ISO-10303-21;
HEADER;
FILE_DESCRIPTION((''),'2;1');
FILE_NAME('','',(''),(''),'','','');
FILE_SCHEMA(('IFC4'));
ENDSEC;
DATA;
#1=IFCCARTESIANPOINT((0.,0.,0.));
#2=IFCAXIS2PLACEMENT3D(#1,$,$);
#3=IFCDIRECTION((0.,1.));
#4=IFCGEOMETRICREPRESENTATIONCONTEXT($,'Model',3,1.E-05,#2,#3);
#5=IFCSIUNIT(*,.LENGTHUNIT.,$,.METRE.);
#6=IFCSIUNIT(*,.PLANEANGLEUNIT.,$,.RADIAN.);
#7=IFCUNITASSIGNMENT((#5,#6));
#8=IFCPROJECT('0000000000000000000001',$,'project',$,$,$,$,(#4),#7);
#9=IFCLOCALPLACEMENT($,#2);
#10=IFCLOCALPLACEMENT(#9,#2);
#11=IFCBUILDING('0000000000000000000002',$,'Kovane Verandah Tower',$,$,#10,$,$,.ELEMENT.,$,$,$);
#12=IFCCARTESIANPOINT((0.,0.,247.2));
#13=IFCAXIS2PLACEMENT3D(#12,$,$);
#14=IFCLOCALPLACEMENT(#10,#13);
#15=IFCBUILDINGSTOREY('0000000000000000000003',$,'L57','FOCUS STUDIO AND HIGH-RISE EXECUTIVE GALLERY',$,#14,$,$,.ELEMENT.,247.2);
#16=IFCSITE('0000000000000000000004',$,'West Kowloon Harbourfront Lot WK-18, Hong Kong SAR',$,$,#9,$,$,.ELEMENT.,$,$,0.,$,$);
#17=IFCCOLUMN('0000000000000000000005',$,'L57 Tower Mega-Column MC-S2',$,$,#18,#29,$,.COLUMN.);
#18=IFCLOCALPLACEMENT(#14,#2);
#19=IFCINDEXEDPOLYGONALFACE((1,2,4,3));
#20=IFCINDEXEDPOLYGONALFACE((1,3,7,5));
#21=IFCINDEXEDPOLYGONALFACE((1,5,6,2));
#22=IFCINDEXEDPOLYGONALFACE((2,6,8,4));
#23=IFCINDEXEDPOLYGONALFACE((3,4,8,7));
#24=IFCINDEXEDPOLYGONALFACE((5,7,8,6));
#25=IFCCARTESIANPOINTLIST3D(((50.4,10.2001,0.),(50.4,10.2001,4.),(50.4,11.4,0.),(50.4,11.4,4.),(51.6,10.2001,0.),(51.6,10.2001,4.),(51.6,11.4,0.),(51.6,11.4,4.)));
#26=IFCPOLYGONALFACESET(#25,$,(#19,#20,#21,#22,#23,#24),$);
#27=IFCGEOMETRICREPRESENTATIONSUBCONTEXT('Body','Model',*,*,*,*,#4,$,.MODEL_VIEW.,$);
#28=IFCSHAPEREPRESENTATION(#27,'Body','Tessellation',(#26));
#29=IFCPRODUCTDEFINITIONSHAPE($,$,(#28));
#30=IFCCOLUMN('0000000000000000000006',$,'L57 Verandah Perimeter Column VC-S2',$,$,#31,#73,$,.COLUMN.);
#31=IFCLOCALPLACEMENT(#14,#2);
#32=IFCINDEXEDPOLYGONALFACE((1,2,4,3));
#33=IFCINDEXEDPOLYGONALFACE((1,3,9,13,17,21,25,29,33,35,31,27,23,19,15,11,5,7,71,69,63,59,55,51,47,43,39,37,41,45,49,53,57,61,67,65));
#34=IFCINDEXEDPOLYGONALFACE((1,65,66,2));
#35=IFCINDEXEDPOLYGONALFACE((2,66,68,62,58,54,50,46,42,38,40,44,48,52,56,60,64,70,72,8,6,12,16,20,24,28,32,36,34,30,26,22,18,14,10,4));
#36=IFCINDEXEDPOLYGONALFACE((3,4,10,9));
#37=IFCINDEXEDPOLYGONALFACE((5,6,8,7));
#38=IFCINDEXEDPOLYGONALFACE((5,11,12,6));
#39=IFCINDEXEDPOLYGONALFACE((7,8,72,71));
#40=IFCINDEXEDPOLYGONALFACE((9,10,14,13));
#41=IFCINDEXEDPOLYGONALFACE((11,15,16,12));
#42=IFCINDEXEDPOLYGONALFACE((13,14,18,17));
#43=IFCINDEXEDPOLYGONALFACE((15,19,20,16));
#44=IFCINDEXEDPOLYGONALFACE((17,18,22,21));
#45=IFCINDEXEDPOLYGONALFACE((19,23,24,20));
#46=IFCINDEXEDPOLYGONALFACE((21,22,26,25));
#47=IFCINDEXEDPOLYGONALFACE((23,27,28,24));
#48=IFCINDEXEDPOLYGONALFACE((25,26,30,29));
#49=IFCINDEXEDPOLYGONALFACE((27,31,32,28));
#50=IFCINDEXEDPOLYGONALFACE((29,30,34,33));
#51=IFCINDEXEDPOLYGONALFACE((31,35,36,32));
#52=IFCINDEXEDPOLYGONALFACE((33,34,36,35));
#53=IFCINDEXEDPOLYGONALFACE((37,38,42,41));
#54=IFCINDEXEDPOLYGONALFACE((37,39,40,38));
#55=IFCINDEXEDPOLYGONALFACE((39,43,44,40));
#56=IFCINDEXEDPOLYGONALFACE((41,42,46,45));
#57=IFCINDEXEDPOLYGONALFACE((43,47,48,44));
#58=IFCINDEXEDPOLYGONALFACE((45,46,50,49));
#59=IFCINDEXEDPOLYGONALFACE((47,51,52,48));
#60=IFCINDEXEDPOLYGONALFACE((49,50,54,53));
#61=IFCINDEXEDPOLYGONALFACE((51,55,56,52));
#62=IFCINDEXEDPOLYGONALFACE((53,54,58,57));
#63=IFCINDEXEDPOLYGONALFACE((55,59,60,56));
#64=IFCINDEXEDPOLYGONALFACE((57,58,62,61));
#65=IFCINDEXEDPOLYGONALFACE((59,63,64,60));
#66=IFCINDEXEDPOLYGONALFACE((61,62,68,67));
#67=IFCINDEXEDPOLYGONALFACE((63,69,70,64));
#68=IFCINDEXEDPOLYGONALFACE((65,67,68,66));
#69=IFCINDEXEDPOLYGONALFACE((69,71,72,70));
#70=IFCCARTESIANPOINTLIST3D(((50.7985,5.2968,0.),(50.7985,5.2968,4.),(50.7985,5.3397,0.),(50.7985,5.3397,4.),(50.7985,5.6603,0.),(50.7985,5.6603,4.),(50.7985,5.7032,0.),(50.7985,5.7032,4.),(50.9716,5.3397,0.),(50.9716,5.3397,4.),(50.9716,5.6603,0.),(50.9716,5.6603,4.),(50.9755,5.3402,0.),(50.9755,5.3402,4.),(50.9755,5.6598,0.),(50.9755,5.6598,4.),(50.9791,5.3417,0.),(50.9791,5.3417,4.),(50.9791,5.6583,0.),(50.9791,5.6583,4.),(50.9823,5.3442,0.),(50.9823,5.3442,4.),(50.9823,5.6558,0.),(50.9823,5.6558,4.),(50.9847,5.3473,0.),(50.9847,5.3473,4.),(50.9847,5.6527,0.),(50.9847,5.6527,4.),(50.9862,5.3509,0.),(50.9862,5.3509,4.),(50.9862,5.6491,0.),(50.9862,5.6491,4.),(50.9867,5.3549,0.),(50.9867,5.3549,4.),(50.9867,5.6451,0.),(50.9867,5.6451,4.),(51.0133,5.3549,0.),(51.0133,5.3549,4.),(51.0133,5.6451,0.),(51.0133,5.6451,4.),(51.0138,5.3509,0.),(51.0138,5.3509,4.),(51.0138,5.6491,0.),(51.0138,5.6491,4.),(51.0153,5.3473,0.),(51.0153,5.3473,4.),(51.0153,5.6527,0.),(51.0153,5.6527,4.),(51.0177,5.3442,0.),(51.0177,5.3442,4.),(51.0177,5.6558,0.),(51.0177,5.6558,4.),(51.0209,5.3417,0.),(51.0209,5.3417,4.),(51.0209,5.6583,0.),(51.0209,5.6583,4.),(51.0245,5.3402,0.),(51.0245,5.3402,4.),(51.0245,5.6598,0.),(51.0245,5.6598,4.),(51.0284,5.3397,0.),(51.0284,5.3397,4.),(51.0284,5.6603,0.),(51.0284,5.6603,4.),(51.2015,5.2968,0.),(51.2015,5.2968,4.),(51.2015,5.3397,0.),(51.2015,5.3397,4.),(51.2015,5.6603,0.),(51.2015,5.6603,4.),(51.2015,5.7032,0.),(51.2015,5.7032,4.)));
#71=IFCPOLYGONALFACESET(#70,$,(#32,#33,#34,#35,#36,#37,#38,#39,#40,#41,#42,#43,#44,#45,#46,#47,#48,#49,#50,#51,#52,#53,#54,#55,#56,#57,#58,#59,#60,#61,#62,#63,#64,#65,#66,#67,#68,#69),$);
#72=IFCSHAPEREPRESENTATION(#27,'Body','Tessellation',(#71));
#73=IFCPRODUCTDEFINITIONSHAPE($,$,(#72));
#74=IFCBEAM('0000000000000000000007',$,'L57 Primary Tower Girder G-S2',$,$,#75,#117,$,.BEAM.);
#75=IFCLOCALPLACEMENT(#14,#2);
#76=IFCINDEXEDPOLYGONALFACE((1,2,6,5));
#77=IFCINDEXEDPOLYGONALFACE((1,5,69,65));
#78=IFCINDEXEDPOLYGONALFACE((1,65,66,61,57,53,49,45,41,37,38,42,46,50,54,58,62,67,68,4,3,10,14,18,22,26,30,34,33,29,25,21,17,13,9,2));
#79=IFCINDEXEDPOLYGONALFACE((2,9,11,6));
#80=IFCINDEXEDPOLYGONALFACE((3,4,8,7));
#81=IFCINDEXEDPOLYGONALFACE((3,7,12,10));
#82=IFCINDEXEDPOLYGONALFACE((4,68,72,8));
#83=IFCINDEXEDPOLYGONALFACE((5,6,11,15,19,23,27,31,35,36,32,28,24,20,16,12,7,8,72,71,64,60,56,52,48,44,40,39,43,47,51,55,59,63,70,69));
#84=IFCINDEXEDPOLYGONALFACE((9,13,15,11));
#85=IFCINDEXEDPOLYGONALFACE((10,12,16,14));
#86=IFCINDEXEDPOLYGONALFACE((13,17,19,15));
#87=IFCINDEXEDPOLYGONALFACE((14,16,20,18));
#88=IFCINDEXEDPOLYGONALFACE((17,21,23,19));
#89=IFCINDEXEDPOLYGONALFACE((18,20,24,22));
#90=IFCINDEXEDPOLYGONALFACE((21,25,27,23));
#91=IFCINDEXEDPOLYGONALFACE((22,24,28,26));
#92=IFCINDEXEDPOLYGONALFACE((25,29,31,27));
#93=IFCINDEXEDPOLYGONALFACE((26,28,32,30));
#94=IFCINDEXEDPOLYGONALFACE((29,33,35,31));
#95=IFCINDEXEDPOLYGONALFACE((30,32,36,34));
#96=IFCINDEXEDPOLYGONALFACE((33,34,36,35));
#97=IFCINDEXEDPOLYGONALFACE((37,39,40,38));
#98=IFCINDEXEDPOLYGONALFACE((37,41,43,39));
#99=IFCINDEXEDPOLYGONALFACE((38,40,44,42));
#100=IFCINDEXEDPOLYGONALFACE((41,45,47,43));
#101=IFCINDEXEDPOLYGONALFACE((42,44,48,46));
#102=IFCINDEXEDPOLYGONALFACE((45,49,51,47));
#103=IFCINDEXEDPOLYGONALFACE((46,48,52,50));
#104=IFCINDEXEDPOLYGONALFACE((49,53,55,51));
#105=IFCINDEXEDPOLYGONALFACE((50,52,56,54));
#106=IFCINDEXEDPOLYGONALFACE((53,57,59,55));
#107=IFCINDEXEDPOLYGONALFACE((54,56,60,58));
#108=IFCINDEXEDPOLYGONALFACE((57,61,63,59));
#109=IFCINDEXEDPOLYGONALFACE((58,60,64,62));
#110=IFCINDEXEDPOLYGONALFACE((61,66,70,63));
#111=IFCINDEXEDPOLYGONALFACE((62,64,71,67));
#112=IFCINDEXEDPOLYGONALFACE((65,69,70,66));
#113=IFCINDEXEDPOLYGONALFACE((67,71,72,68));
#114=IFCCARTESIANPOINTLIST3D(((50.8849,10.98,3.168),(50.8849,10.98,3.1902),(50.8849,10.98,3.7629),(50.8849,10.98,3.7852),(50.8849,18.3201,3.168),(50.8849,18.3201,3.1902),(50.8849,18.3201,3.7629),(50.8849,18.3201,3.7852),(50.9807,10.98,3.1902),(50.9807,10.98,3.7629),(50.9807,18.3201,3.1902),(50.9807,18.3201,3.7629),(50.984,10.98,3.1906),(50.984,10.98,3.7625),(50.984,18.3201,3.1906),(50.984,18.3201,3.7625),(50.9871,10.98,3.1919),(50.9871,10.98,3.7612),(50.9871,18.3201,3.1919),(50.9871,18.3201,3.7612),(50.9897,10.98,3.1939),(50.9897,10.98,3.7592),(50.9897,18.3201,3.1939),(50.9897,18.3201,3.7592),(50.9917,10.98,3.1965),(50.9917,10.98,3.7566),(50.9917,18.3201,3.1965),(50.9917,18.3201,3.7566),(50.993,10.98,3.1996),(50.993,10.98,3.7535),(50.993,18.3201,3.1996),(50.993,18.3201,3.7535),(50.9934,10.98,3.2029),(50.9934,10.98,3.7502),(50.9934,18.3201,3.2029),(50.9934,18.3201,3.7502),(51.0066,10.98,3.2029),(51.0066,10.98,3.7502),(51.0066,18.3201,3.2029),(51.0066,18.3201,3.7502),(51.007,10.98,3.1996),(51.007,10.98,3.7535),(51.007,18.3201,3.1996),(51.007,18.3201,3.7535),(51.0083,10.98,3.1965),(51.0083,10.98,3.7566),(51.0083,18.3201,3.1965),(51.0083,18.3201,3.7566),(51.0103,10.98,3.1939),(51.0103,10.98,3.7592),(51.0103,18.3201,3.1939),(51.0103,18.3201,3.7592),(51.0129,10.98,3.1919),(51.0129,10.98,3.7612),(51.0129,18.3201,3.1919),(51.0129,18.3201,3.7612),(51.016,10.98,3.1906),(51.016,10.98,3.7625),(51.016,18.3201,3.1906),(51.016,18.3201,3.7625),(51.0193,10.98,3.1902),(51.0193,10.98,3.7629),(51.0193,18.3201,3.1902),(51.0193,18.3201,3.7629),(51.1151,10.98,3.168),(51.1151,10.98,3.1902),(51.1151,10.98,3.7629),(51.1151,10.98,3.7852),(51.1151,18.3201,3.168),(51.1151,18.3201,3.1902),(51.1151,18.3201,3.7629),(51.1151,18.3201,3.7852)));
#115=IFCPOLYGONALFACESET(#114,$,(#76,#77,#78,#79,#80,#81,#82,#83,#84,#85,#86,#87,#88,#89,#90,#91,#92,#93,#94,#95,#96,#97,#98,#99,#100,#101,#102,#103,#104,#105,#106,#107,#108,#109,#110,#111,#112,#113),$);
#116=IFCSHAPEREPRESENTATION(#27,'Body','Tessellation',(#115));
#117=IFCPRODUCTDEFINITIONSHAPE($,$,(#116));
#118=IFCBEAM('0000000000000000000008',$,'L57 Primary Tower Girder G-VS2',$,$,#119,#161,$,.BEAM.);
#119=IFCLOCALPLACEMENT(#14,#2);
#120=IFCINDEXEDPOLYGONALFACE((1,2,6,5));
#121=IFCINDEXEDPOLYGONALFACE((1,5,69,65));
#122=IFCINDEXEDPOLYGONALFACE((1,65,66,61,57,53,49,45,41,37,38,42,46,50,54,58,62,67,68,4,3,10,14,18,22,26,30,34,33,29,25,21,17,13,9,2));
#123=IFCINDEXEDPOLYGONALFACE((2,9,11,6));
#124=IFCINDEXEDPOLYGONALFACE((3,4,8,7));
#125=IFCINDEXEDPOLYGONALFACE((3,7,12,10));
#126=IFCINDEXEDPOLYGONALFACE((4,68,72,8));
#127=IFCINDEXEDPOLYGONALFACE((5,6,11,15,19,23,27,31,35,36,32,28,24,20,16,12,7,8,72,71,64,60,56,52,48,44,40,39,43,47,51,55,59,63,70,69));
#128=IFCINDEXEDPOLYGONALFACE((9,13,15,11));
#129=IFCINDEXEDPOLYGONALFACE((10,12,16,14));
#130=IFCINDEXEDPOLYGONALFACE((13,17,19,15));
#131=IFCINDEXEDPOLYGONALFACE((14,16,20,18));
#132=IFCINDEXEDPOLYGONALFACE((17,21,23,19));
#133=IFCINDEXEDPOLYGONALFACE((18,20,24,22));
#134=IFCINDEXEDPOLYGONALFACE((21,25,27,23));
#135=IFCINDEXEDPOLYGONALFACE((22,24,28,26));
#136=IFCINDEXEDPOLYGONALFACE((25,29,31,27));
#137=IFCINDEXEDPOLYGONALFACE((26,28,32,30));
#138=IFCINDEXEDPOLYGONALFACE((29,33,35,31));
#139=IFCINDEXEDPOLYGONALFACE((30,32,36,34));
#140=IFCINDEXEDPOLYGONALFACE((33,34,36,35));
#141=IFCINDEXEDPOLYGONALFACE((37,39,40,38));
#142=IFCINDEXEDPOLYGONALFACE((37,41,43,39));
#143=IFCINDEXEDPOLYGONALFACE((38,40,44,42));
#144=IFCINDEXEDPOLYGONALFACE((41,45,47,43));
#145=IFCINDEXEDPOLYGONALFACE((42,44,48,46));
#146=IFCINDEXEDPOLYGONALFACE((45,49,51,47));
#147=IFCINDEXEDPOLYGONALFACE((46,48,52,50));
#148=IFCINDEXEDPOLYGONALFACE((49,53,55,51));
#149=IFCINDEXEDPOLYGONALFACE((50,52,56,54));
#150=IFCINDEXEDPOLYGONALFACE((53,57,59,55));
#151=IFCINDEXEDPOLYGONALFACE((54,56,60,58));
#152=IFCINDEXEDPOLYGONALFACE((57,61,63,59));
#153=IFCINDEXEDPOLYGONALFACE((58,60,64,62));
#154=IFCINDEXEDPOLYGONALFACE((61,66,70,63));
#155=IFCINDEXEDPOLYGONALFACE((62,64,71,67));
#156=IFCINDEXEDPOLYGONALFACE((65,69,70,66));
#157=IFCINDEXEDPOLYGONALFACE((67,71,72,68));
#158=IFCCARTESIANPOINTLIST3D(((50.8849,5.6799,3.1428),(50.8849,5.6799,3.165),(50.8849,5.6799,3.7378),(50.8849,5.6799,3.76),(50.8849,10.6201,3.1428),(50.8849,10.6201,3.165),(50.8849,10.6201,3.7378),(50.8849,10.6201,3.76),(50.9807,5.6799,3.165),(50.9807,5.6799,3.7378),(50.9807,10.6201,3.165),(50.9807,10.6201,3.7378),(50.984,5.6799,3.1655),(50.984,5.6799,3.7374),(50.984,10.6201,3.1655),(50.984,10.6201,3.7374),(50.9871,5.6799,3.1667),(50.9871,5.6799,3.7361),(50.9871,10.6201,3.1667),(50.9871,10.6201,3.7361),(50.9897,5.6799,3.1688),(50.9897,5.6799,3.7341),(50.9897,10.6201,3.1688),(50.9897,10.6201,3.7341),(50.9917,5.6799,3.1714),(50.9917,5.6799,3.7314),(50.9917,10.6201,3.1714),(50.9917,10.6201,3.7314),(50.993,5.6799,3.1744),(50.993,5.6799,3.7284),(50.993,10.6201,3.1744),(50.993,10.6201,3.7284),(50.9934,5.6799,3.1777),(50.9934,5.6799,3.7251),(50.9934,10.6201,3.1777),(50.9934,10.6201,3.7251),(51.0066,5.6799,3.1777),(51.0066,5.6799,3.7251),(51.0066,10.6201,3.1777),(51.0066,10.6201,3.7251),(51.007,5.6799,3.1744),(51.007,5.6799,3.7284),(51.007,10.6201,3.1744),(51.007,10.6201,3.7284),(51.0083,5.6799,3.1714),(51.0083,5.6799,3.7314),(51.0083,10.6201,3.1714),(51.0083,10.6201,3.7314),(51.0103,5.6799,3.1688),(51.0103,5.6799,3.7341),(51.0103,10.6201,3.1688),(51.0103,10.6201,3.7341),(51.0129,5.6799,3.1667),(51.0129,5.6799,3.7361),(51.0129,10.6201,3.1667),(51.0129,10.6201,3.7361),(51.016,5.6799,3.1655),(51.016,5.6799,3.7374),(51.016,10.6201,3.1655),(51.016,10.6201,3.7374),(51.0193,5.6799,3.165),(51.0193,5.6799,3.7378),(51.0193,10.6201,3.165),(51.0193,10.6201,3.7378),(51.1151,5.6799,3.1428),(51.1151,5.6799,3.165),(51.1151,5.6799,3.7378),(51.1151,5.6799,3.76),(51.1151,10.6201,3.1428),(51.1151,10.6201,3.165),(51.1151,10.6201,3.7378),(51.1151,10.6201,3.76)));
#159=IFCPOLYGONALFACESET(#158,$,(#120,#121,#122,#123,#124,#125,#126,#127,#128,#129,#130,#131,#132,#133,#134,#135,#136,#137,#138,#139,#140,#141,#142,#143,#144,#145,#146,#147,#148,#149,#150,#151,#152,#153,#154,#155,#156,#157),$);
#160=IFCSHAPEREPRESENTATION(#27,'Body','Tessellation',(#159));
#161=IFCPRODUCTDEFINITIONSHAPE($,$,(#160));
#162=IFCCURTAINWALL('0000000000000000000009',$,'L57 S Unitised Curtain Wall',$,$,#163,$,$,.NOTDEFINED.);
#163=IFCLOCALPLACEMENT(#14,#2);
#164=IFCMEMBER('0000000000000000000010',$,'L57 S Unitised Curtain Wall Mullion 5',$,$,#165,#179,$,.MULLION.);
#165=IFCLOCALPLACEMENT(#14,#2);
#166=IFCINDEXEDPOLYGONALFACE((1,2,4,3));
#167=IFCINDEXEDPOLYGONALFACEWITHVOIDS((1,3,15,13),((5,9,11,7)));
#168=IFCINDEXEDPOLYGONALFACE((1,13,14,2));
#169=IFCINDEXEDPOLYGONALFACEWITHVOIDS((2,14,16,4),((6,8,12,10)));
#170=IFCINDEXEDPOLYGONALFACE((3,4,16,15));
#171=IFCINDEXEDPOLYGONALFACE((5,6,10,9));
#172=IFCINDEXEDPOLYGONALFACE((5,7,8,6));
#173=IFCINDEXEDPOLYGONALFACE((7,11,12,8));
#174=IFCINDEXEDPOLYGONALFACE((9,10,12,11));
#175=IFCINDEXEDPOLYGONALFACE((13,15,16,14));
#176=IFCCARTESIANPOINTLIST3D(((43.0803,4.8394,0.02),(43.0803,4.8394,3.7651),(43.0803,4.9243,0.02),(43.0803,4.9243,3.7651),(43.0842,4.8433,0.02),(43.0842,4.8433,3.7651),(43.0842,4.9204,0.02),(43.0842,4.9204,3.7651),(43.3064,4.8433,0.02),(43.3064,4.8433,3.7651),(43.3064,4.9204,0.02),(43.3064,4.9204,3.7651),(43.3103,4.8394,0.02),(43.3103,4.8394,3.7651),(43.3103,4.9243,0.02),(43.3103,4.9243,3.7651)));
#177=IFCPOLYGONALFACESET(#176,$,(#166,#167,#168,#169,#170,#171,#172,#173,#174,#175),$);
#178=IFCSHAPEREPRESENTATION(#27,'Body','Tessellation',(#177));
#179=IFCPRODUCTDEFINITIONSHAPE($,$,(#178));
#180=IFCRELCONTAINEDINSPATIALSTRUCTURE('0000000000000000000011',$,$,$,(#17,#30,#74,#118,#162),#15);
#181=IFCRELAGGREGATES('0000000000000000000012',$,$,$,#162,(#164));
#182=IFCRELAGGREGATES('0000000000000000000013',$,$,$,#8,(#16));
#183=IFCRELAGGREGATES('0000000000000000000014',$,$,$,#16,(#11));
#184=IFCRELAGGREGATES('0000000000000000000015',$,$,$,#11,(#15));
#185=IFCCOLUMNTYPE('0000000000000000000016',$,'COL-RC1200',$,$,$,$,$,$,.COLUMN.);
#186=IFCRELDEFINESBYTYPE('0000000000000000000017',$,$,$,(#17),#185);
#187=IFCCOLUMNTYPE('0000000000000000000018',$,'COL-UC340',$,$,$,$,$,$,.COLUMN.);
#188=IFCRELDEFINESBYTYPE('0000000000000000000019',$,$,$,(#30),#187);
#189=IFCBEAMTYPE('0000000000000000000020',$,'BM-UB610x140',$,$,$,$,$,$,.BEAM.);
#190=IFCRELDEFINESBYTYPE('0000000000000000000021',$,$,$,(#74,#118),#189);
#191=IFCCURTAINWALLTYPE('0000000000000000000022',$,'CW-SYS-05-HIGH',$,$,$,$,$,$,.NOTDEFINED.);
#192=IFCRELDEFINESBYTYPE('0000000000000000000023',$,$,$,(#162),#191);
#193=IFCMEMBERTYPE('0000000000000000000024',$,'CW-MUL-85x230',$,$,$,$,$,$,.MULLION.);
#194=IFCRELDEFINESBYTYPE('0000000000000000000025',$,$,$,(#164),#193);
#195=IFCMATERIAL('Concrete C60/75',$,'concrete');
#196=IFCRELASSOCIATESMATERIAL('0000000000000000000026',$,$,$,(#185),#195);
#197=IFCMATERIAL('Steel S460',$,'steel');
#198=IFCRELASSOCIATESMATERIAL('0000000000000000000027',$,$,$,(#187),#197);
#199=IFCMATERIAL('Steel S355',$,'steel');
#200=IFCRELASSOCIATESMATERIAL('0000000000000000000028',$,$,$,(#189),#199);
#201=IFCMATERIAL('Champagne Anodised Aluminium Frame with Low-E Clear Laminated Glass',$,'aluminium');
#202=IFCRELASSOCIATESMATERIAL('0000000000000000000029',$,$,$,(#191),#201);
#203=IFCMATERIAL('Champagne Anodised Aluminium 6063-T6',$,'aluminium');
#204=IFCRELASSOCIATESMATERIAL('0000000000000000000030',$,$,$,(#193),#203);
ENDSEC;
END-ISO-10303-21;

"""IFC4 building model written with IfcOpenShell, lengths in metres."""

from ifc_helpers import new_model, si_unit, direction, frame, origin, origin_2d, place, context, subcontext, project, spatial, rectangle, hollow_rectangle, i_section, extrude, material, material_profile, profile_set, type_object, element, aggregate, save


model = new_model("IFC4")

# Units and contexts
model_context = context("Model", 3, precision=1e-05, world=origin(), true_north=direction((0.0, 1.0)))
body_context = subcontext(model_context, "Body", "Model", "MODEL_VIEW")
ifc_project = project(units=[si_unit("LENGTHUNIT", "METRE"), si_unit("PLANEANGLEUNIT", "RADIAN")], contexts=[model_context])

# Site, building, storey
site_placement = place(None, origin())
site = spatial("IfcSite", under=ifc_project, at=site_placement, Name="West Kowloon Harbourfront Lot WK-18, Hong Kong SAR", CompositionType="ELEMENT", RefElevation=0.0)
building_placement = place(site_placement, origin())
building = spatial("IfcBuilding", under=site, at=building_placement, Name="Kovane Verandah Tower", CompositionType="ELEMENT")
storey_placement = place(building_placement, frame((0.0, 0.0, 247.2)))
storey = spatial("IfcBuildingStorey", under=building, at=storey_placement, Name="L57", Description="FOCUS STUDIO AND HIGH-RISE EXECUTIVE GALLERY", CompositionType="ELEMENT", Elevation=247.2)

# Columns
ifc_material_1 = material(Name="Concrete C60/75", Category="concrete")
ifc_material_profile_1 = material_profile(ifc_material_1, rectangle(XDim=1.2, YDim=1.2, at=origin_2d()), Name="RC1200x1200")
ifc_profile_set_1 = profile_set([ifc_material_profile_1], Name="Concrete C60/75")
column_type_1 = type_object("IfcColumnType", Name="COL-RC1200", PredefinedType="COLUMN", material=ifc_profile_set_1)
column_1_placement = place(storey_placement, frame((51.0, 10.8, 0.0), z_axis=(0.0, 0.0, 1.0), x_axis=(1.0, 0.0, 0.0)))
element("IfcColumn", 1, at=column_1_placement, inside=storey, type_object=column_type_1, Name="L57 Tower Mega-Column MC-S2", PredefinedType="COLUMN", context=body_context, shape_type="SweptSolid", body=[
    extrude(rectangle(XDim=1.2, YDim=1.2, at=origin_2d()), origin(), (0.0, 0.0, 1.0), 4.0),
])
ifc_material_2 = material(Name="Steel S460", Category="steel")
ifc_material_profile_2 = material_profile(ifc_material_2, i_section(OverallWidth=0.4031, OverallDepth=0.4065, WebThickness=0.0266, FlangeThickness=0.043, FilletRadius=0.0151, at=origin_2d()), Name="UC356x406x340")
ifc_profile_set_2 = profile_set([ifc_material_profile_2], Name="Steel S460")
column_type_2 = type_object("IfcColumnType", Name="COL-UC340", PredefinedType="COLUMN", material=ifc_profile_set_2)
column_2_placement = place(storey_placement, frame((51.0, 5.5, 0.0), z_axis=(0.0, 0.0, 1.0), x_axis=(1.0, 0.0, 0.0)))
element("IfcColumn", 2, at=column_2_placement, inside=storey, type_object=column_type_2, Name="L57 Verandah Perimeter Column VC-S2", PredefinedType="COLUMN", context=body_context, shape_type="SweptSolid", body=[
    extrude(i_section(OverallWidth=0.4031, OverallDepth=0.4065, WebThickness=0.0266, FlangeThickness=0.043, FilletRadius=0.0151, at=origin_2d()), origin(), (0.0, 0.0, 1.0), 4.0),
])

# Beams
ifc_material_3 = material(Name="Steel S355", Category="steel")
ifc_material_profile_3 = material_profile(ifc_material_3, i_section(OverallWidth=0.2302, OverallDepth=0.6172, WebThickness=0.0132, FlangeThickness=0.0222, FilletRadius=0.0127, at=origin_2d()), Name="UB610x229x140")
ifc_profile_set_3 = profile_set([ifc_material_profile_3], Name="Steel S355")
beam_type = type_object("IfcBeamType", Name="BM-UB610x140", PredefinedType="BEAM", material=ifc_profile_set_3)
beam_1_placement = place(storey_placement, frame((51.0, 18.3201, 3.4766), z_axis=(0.0, -1.0, 0.0), x_axis=(1.0, 0.0, 0.0)))
element("IfcBeam", 3, at=beam_1_placement, inside=storey, type_object=beam_type, Name="L57 Primary Tower Girder G-S2", PredefinedType="BEAM", context=body_context, shape_type="SweptSolid", body=[
    extrude(i_section(OverallWidth=0.2302, OverallDepth=0.6172, WebThickness=0.0132, FlangeThickness=0.0222, FilletRadius=0.0127, at=origin_2d()), origin(), (0.0, 0.0, 1.0), 7.3401),
])
beam_2_placement = place(storey_placement, frame((51.0, 10.6201, 3.4514), z_axis=(0.0, -1.0, 0.0), x_axis=(1.0, 0.0, 0.0)))
element("IfcBeam", 4, at=beam_2_placement, inside=storey, type_object=beam_type, Name="L57 Primary Tower Girder G-VS2", PredefinedType="BEAM", context=body_context, shape_type="SweptSolid", body=[
    extrude(i_section(OverallWidth=0.2302, OverallDepth=0.6172, WebThickness=0.0132, FlangeThickness=0.0222, FilletRadius=0.0127, at=origin_2d()), origin(), (0.0, 0.0, 1.0), 4.9402),
])

# Curtain wall, member
ifc_material_4 = material(Name="Champagne Anodised Aluminium Frame with Low-E Clear Laminated Glass", Category="aluminium")
curtain_wall_type = type_object("IfcCurtainWallType", Name="CW-SYS-05-HIGH", PredefinedType="NOTDEFINED", material=ifc_material_4)
curtain_wall_placement = place(storey_placement, origin())
curtain_wall = element("IfcCurtainWall", 5, at=curtain_wall_placement, inside=storey, type_object=curtain_wall_type, Name="L57 S Unitised Curtain Wall", PredefinedType="NOTDEFINED")
ifc_material_5 = material(Name="Champagne Anodised Aluminium 6063-T6", Category="aluminium")
ifc_material_profile_4 = material_profile(ifc_material_5, hollow_rectangle(XDim=0.085, YDim=0.23, WallThickness=0.0039, at=origin_2d()), Name="AL85x230x4")
ifc_profile_set_4 = profile_set([ifc_material_profile_4], Name="Champagne Anodised Aluminium 6063-T6")
member_type_1 = type_object("IfcMemberType", Name="CW-MUL-85x230", PredefinedType="MULLION", material=ifc_profile_set_4)
member_1_placement = place(storey_placement, frame((43.1953, 4.8818, 0.02), z_axis=(0.0, 0.0, 1.0), x_axis=(0.0, -1.0, 0.0)))
member_1 = element("IfcMember", 6, at=member_1_placement, type_object=member_type_1, Name="L57 S Unitised Curtain Wall Mullion 5", PredefinedType="MULLION", context=body_context, shape_type="SweptSolid", body=[
    extrude(hollow_rectangle(XDim=0.085, YDim=0.23, WallThickness=0.0039, at=origin_2d()), origin(), (0.0, 0.0, 1.0), 3.7451),
])
aggregate(curtain_wall, [member_1])

save(model, "model.ifc")
